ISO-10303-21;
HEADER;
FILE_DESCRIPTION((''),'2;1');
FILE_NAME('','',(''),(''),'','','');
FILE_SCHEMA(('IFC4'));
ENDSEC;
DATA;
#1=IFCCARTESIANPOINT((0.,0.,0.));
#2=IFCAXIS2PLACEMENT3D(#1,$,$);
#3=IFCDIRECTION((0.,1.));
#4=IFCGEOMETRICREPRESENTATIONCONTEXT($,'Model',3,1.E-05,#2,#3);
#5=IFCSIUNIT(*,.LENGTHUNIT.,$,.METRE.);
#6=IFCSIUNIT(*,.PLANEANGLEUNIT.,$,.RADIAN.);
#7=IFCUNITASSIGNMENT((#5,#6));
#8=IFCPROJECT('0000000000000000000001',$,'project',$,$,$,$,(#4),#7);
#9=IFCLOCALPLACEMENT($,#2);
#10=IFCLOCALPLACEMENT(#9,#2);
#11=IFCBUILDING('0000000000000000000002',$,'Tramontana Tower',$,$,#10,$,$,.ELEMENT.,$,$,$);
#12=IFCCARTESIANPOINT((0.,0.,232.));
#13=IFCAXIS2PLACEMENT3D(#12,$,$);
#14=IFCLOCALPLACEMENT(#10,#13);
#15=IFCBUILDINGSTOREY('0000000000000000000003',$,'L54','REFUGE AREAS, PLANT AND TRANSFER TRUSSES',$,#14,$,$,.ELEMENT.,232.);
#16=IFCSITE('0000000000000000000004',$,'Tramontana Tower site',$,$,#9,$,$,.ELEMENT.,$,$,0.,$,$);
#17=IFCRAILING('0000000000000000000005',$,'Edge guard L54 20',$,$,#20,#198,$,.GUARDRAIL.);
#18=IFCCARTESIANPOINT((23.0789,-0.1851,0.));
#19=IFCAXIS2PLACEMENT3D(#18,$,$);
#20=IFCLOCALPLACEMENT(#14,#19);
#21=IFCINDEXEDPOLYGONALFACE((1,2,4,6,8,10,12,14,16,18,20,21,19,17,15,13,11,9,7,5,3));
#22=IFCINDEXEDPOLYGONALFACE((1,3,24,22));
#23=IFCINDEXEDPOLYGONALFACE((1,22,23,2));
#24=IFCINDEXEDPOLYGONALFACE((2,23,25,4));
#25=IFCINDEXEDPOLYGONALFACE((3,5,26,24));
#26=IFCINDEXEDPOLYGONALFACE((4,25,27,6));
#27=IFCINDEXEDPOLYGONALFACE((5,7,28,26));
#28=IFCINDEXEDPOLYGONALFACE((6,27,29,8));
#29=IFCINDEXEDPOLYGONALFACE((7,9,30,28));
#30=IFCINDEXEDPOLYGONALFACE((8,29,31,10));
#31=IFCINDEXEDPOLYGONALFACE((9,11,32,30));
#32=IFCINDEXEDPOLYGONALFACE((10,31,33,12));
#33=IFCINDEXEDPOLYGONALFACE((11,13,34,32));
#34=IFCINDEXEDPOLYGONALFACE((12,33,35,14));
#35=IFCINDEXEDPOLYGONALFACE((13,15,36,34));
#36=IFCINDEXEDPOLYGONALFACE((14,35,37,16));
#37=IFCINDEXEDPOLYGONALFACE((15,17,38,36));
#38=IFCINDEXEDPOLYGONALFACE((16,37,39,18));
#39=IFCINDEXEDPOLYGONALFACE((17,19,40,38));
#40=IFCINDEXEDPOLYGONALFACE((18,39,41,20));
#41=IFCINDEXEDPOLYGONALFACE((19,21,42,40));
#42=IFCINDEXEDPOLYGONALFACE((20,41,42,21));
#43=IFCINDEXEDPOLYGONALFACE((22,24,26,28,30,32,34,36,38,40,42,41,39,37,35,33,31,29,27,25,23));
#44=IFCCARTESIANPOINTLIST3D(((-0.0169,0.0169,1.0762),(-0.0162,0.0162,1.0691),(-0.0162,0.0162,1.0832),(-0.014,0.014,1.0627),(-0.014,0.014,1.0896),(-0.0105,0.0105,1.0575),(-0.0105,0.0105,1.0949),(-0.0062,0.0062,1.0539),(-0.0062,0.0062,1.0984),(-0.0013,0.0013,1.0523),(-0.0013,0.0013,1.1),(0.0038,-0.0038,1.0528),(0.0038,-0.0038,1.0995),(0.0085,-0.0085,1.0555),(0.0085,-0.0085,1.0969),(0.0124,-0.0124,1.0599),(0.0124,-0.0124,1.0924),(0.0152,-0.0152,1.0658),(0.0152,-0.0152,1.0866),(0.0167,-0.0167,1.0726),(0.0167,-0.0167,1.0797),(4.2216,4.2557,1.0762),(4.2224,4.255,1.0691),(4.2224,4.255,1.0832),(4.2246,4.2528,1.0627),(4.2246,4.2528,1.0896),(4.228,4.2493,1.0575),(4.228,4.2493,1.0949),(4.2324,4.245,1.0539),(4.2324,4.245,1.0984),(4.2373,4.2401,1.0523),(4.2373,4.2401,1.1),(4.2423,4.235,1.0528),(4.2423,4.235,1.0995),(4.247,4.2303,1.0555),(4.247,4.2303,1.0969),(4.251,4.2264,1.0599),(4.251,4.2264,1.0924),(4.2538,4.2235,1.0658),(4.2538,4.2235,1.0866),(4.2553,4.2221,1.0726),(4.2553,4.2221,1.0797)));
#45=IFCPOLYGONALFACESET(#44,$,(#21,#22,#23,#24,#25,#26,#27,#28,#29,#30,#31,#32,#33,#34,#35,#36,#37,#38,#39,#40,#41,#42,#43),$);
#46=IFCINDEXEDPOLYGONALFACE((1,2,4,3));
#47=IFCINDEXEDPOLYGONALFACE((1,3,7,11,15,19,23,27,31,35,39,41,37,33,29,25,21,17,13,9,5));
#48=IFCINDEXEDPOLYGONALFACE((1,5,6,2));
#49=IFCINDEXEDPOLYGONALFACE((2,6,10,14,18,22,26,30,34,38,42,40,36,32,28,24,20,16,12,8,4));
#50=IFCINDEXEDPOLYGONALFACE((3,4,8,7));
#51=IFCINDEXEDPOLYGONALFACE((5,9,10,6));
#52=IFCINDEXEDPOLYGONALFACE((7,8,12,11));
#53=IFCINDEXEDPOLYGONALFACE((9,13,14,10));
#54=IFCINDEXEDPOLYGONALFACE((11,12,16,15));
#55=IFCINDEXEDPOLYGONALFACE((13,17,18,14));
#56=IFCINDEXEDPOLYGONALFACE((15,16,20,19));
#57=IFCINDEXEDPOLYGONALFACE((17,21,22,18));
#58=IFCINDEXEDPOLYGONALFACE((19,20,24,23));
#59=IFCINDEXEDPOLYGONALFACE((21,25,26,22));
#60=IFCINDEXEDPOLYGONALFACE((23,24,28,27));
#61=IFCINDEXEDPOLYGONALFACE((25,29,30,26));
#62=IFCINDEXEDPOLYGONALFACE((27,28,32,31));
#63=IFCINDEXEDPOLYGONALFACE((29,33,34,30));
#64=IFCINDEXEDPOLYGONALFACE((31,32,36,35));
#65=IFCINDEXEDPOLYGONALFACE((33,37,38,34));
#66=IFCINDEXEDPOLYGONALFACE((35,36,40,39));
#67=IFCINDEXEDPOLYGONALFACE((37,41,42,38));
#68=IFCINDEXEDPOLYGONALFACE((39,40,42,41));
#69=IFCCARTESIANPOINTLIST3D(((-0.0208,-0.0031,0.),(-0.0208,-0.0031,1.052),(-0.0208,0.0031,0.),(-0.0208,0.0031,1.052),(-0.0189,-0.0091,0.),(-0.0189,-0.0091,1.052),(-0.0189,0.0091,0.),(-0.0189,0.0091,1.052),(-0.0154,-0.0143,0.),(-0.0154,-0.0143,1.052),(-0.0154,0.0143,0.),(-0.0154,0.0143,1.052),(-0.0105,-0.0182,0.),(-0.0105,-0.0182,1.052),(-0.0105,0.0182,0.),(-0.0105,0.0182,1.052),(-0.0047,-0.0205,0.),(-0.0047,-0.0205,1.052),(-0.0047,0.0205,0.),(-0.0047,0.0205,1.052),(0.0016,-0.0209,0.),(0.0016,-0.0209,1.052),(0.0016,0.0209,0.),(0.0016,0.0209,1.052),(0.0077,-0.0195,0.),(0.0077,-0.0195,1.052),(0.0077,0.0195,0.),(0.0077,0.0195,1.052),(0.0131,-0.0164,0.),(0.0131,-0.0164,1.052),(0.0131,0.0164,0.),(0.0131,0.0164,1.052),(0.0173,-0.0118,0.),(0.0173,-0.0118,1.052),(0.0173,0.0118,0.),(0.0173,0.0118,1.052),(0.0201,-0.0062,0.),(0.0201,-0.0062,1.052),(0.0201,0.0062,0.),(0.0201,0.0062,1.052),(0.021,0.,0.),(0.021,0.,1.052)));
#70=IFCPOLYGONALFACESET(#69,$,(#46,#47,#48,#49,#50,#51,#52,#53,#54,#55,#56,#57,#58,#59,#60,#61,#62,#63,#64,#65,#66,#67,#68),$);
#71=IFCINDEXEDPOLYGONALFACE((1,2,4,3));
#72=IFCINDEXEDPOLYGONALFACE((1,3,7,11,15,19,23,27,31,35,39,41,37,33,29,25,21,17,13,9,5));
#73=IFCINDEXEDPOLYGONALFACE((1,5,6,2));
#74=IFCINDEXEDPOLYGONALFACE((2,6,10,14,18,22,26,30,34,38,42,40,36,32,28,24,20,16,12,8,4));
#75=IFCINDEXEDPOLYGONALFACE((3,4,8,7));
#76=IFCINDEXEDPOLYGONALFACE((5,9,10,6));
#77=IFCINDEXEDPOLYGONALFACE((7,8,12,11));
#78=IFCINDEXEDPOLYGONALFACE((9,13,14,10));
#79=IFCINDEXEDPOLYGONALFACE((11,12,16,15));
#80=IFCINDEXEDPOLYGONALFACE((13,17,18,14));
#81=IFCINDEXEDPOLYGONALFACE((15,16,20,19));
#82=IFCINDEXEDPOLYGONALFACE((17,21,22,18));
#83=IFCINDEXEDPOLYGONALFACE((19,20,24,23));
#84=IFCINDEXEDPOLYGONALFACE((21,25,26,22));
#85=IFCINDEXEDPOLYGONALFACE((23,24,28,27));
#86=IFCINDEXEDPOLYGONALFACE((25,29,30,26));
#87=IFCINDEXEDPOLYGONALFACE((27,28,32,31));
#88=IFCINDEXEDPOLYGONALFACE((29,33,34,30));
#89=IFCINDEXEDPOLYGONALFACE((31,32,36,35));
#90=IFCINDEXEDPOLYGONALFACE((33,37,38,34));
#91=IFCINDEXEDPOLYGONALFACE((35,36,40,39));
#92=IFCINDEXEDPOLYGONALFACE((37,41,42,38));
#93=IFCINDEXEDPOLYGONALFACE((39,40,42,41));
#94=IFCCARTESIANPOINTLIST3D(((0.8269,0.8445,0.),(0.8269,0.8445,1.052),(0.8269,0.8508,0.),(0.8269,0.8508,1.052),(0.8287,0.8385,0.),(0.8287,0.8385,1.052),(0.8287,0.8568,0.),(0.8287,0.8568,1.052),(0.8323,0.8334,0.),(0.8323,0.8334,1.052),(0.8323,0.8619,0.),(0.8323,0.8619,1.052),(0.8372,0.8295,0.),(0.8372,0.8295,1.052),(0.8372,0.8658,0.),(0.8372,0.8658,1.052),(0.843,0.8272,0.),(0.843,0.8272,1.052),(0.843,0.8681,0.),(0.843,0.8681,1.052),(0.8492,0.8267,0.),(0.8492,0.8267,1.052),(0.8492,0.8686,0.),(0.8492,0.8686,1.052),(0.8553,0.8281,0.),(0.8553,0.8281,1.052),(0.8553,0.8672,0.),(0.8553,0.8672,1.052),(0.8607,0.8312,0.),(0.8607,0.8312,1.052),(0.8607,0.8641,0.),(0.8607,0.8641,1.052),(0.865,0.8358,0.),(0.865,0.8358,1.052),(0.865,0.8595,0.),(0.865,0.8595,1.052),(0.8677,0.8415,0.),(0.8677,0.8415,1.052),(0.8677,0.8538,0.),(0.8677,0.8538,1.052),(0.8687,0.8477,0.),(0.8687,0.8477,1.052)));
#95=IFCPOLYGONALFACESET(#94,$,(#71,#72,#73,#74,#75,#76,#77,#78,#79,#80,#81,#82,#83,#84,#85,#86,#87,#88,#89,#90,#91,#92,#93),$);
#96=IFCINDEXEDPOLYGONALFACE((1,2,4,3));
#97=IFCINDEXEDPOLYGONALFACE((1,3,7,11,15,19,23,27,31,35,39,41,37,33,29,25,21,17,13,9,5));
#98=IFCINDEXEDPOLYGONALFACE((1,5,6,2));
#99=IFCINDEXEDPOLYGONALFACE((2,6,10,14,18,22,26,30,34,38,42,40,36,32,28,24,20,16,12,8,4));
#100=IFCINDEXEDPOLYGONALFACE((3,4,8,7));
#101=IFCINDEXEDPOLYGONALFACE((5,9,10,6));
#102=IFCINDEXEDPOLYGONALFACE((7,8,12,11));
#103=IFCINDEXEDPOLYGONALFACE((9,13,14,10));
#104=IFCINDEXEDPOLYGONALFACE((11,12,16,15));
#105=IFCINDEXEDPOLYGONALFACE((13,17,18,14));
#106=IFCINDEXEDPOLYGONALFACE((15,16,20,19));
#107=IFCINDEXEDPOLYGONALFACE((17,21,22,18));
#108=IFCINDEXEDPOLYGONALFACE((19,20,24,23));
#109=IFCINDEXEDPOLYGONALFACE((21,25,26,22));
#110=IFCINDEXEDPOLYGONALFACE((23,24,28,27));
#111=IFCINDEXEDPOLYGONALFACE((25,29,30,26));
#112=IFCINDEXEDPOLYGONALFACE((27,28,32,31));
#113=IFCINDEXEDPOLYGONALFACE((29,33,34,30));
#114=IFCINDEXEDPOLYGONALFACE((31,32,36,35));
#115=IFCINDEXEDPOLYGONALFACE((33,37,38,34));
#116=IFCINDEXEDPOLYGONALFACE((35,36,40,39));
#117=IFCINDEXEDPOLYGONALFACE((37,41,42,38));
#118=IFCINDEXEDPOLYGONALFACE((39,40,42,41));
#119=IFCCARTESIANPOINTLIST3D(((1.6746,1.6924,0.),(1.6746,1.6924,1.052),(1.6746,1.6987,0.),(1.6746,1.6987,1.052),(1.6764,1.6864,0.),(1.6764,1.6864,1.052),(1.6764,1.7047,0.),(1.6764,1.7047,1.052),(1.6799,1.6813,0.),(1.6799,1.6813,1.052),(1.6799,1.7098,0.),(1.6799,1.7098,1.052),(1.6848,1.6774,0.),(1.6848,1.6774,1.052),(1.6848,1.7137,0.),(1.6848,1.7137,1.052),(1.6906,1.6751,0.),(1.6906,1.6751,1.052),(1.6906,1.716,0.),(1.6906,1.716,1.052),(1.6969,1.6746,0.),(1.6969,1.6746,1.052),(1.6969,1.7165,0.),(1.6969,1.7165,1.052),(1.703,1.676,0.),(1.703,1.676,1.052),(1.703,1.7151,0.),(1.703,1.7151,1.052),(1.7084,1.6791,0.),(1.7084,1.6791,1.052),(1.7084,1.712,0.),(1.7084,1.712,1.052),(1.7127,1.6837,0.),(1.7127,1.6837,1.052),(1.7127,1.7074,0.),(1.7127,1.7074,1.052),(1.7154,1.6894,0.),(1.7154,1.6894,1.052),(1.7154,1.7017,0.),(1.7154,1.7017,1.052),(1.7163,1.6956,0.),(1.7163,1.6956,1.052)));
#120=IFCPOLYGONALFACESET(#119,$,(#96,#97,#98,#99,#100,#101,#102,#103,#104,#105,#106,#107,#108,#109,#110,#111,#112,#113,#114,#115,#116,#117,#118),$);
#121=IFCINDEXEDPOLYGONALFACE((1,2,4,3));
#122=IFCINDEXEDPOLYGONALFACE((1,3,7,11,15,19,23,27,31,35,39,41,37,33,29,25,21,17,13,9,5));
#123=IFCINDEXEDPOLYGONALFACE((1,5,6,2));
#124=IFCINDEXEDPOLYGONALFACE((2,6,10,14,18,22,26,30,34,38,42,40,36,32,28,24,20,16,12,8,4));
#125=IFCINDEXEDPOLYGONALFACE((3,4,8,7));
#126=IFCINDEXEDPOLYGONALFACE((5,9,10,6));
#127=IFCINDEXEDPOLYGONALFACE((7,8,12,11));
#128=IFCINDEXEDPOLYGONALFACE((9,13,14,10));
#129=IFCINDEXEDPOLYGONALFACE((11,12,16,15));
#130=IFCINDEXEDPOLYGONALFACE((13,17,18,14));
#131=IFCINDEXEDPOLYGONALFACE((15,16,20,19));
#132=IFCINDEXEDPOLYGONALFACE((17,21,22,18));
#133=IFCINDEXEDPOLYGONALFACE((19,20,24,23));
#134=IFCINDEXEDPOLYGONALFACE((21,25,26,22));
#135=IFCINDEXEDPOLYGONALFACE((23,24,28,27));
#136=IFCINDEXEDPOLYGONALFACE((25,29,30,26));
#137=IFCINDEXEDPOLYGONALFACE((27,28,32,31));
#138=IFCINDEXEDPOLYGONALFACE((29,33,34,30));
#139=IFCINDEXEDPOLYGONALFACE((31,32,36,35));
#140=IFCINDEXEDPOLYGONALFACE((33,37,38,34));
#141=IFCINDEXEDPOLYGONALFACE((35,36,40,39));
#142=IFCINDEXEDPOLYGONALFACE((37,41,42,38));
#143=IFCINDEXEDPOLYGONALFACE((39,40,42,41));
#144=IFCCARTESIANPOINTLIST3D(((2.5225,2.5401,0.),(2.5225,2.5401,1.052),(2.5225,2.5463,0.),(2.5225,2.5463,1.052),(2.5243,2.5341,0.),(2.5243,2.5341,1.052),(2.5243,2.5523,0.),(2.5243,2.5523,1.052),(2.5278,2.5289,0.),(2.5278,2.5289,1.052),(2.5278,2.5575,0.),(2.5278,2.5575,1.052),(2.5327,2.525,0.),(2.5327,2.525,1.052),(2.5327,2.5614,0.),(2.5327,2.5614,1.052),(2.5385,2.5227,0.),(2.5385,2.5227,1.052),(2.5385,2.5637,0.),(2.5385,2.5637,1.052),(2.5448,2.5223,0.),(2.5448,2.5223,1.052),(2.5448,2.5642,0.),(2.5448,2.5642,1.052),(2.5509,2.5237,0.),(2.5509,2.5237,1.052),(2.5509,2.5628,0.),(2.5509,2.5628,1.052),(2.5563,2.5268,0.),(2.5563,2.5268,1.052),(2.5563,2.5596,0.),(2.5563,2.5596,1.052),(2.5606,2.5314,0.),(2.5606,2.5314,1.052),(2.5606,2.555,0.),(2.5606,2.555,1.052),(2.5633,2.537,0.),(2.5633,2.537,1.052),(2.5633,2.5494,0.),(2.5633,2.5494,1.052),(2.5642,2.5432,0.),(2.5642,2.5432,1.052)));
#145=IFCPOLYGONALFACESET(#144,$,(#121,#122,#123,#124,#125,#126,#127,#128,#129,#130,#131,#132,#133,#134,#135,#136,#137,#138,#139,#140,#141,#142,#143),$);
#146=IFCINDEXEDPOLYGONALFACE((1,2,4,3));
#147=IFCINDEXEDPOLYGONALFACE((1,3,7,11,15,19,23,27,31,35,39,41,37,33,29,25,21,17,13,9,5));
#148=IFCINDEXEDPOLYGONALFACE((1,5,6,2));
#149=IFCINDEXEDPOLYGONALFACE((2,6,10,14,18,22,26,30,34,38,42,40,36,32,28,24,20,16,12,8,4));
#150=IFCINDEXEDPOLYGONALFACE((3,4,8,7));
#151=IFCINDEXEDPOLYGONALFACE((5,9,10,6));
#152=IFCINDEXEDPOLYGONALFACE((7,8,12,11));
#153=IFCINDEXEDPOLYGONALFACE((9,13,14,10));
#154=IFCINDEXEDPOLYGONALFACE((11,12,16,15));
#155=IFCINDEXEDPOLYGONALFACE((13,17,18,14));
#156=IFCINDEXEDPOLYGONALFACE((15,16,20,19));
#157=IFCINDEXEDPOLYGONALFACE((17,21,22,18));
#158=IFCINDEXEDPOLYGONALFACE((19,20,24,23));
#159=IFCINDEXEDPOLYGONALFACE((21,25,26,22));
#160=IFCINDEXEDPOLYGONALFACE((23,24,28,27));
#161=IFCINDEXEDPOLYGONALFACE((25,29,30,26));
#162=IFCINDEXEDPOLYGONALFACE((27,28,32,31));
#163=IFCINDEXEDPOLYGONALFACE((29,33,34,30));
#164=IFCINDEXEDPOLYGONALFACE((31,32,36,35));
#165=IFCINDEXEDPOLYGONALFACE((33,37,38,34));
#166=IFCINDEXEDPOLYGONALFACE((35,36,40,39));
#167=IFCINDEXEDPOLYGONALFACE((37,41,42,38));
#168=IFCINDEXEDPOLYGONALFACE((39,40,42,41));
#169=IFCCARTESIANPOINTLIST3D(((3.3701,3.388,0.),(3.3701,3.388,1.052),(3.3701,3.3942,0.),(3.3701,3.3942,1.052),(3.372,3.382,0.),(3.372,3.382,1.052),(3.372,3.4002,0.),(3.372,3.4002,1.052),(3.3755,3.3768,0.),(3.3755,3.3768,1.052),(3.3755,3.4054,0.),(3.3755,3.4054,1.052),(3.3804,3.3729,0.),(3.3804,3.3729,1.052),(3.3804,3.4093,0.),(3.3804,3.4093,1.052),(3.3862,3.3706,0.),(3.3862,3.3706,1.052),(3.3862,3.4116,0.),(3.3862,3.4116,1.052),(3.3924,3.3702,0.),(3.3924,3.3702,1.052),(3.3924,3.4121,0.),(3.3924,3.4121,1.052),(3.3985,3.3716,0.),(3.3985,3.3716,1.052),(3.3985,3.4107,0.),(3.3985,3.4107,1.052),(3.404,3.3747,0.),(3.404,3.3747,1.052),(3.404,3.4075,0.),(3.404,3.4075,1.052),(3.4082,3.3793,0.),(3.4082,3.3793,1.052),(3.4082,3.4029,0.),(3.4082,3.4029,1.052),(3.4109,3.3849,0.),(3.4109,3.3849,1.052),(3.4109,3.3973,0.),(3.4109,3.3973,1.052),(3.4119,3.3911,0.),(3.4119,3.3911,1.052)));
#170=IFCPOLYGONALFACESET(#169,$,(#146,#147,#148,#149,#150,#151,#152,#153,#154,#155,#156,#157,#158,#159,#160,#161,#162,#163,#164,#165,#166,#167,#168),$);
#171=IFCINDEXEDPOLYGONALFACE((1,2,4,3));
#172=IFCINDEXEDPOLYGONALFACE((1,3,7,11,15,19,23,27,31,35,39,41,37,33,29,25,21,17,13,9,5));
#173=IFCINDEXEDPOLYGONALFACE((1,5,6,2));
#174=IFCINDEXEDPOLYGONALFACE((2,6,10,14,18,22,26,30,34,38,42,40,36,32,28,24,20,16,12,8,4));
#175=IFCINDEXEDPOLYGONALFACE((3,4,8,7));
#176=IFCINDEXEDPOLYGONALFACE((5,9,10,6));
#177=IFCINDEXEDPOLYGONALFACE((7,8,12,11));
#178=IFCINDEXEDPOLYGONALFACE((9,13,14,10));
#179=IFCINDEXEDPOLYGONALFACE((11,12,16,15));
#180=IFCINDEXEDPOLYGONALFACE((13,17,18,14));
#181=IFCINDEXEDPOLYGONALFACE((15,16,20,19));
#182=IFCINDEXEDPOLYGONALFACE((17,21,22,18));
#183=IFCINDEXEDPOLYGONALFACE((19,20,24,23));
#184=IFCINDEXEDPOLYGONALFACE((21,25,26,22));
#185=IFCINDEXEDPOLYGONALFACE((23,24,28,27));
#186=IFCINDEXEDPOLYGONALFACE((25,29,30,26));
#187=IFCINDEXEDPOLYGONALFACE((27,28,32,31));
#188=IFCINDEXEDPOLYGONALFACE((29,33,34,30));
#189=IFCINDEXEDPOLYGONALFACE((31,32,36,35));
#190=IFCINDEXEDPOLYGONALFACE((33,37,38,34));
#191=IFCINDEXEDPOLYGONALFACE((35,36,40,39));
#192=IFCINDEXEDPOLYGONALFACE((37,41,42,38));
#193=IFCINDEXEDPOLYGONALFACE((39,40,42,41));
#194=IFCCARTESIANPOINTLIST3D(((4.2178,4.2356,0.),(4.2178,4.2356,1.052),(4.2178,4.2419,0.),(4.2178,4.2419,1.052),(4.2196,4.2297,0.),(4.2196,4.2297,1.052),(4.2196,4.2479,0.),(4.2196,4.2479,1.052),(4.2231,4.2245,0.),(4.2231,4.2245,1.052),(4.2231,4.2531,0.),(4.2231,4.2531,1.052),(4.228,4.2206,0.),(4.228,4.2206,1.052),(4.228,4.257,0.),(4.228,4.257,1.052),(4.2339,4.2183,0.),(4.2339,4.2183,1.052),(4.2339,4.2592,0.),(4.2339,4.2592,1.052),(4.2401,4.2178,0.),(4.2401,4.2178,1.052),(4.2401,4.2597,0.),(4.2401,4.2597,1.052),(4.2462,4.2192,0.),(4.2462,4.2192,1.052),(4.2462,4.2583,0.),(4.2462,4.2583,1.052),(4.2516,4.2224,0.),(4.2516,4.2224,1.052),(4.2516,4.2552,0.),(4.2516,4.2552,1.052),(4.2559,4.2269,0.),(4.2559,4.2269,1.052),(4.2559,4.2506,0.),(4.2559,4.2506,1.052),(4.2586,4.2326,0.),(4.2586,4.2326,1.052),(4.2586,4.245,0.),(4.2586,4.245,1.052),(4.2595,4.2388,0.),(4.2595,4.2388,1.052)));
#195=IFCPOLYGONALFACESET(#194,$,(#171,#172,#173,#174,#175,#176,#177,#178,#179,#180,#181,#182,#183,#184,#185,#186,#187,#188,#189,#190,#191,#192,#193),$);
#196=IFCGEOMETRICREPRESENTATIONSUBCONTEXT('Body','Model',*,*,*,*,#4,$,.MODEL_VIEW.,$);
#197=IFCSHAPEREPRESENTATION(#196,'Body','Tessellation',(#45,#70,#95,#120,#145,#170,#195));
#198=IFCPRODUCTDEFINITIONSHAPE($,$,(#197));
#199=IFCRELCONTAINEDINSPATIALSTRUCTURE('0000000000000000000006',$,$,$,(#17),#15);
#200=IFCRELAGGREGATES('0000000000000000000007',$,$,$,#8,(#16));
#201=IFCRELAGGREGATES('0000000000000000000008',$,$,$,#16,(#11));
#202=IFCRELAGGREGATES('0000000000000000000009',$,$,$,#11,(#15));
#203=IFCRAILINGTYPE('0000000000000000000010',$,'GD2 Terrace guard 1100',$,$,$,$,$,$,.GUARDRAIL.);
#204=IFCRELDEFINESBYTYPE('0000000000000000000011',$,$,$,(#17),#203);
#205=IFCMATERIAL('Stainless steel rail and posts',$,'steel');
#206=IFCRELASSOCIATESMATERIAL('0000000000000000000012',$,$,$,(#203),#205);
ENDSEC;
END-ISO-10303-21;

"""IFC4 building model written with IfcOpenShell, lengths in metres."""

from ifc_helpers import new_model, si_unit, direction, frame, origin, origin_2d, place, context, subcontext, project, spatial, circle, extrude, material, type_object, element, save


model = new_model("IFC4")

# Units and contexts
model_context = context("Model", 3, precision=1e-05, world=origin(), true_north=direction((0.0, 1.0)))
body_context = subcontext(model_context, "Body", "Model", "MODEL_VIEW")
ifc_project = project(units=[si_unit("LENGTHUNIT", "METRE"), si_unit("PLANEANGLEUNIT", "RADIAN")], contexts=[model_context])

# Site, building, storey
site_placement = place(None, origin())
site = spatial("IfcSite", under=ifc_project, at=site_placement, Name="Tramontana Tower site", CompositionType="ELEMENT", RefElevation=0.0)
building_placement = place(site_placement, origin())
building = spatial("IfcBuilding", under=site, at=building_placement, Name="Tramontana Tower", CompositionType="ELEMENT")
storey_placement = place(building_placement, frame((0.0, 0.0, 232.0)))
storey = spatial("IfcBuildingStorey", under=building, at=storey_placement, Name="L54", Description="REFUGE AREAS, PLANT AND TRANSFER TRUSSES", CompositionType="ELEMENT", Elevation=232.0)

# Railing
ifc_material_1 = material(Name="Stainless steel rail and posts", Category="steel")
railing_type_1 = type_object("IfcRailingType", Name="GD2 Terrace guard 1100", PredefinedType="GUARDRAIL", material=ifc_material_1)
railing_1_placement = place(storey_placement, frame((23.0789, -0.1851, 0.0)))
element("IfcRailing", 1, at=railing_1_placement, inside=storey, type_object=railing_type_1, Name="Edge guard L54 20", PredefinedType="GUARDRAIL", context=body_context, shape_type="SweptSolid", body=[
    extrude(circle(Radius=0.0239, at=origin_2d()), frame((0.0, 0.0, 1.0762), z_axis=(0.707086, 0.707127, 0.0), x_axis=(-0.707127, 0.707086, 0.0)), (0.0, 0.0, 1.0), 5.9944),
    extrude(circle(Radius=0.021, at=origin_2d()), origin(), (0.0, 0.0, 1.0), 1.052),
    extrude(circle(Radius=0.021, at=origin_2d()), frame((0.8477, 0.8477, 0.0)), (0.0, 0.0, 1.0), 1.052),
    extrude(circle(Radius=0.021, at=origin_2d()), frame((1.6953, 1.6956, 0.0)), (0.0, 0.0, 1.0), 1.052),
    extrude(circle(Radius=0.021, at=origin_2d()), frame((2.5432, 2.5432, 0.0)), (0.0, 0.0, 1.0), 1.052),
    extrude(circle(Radius=0.021, at=origin_2d()), frame((3.3909, 3.3911, 0.0)), (0.0, 0.0, 1.0), 1.052),
    extrude(circle(Radius=0.021, at=origin_2d()), frame((4.2385, 4.2388, 0.0)), (0.0, 0.0, 1.0), 1.052),
])

save(model, "model.ifc")
